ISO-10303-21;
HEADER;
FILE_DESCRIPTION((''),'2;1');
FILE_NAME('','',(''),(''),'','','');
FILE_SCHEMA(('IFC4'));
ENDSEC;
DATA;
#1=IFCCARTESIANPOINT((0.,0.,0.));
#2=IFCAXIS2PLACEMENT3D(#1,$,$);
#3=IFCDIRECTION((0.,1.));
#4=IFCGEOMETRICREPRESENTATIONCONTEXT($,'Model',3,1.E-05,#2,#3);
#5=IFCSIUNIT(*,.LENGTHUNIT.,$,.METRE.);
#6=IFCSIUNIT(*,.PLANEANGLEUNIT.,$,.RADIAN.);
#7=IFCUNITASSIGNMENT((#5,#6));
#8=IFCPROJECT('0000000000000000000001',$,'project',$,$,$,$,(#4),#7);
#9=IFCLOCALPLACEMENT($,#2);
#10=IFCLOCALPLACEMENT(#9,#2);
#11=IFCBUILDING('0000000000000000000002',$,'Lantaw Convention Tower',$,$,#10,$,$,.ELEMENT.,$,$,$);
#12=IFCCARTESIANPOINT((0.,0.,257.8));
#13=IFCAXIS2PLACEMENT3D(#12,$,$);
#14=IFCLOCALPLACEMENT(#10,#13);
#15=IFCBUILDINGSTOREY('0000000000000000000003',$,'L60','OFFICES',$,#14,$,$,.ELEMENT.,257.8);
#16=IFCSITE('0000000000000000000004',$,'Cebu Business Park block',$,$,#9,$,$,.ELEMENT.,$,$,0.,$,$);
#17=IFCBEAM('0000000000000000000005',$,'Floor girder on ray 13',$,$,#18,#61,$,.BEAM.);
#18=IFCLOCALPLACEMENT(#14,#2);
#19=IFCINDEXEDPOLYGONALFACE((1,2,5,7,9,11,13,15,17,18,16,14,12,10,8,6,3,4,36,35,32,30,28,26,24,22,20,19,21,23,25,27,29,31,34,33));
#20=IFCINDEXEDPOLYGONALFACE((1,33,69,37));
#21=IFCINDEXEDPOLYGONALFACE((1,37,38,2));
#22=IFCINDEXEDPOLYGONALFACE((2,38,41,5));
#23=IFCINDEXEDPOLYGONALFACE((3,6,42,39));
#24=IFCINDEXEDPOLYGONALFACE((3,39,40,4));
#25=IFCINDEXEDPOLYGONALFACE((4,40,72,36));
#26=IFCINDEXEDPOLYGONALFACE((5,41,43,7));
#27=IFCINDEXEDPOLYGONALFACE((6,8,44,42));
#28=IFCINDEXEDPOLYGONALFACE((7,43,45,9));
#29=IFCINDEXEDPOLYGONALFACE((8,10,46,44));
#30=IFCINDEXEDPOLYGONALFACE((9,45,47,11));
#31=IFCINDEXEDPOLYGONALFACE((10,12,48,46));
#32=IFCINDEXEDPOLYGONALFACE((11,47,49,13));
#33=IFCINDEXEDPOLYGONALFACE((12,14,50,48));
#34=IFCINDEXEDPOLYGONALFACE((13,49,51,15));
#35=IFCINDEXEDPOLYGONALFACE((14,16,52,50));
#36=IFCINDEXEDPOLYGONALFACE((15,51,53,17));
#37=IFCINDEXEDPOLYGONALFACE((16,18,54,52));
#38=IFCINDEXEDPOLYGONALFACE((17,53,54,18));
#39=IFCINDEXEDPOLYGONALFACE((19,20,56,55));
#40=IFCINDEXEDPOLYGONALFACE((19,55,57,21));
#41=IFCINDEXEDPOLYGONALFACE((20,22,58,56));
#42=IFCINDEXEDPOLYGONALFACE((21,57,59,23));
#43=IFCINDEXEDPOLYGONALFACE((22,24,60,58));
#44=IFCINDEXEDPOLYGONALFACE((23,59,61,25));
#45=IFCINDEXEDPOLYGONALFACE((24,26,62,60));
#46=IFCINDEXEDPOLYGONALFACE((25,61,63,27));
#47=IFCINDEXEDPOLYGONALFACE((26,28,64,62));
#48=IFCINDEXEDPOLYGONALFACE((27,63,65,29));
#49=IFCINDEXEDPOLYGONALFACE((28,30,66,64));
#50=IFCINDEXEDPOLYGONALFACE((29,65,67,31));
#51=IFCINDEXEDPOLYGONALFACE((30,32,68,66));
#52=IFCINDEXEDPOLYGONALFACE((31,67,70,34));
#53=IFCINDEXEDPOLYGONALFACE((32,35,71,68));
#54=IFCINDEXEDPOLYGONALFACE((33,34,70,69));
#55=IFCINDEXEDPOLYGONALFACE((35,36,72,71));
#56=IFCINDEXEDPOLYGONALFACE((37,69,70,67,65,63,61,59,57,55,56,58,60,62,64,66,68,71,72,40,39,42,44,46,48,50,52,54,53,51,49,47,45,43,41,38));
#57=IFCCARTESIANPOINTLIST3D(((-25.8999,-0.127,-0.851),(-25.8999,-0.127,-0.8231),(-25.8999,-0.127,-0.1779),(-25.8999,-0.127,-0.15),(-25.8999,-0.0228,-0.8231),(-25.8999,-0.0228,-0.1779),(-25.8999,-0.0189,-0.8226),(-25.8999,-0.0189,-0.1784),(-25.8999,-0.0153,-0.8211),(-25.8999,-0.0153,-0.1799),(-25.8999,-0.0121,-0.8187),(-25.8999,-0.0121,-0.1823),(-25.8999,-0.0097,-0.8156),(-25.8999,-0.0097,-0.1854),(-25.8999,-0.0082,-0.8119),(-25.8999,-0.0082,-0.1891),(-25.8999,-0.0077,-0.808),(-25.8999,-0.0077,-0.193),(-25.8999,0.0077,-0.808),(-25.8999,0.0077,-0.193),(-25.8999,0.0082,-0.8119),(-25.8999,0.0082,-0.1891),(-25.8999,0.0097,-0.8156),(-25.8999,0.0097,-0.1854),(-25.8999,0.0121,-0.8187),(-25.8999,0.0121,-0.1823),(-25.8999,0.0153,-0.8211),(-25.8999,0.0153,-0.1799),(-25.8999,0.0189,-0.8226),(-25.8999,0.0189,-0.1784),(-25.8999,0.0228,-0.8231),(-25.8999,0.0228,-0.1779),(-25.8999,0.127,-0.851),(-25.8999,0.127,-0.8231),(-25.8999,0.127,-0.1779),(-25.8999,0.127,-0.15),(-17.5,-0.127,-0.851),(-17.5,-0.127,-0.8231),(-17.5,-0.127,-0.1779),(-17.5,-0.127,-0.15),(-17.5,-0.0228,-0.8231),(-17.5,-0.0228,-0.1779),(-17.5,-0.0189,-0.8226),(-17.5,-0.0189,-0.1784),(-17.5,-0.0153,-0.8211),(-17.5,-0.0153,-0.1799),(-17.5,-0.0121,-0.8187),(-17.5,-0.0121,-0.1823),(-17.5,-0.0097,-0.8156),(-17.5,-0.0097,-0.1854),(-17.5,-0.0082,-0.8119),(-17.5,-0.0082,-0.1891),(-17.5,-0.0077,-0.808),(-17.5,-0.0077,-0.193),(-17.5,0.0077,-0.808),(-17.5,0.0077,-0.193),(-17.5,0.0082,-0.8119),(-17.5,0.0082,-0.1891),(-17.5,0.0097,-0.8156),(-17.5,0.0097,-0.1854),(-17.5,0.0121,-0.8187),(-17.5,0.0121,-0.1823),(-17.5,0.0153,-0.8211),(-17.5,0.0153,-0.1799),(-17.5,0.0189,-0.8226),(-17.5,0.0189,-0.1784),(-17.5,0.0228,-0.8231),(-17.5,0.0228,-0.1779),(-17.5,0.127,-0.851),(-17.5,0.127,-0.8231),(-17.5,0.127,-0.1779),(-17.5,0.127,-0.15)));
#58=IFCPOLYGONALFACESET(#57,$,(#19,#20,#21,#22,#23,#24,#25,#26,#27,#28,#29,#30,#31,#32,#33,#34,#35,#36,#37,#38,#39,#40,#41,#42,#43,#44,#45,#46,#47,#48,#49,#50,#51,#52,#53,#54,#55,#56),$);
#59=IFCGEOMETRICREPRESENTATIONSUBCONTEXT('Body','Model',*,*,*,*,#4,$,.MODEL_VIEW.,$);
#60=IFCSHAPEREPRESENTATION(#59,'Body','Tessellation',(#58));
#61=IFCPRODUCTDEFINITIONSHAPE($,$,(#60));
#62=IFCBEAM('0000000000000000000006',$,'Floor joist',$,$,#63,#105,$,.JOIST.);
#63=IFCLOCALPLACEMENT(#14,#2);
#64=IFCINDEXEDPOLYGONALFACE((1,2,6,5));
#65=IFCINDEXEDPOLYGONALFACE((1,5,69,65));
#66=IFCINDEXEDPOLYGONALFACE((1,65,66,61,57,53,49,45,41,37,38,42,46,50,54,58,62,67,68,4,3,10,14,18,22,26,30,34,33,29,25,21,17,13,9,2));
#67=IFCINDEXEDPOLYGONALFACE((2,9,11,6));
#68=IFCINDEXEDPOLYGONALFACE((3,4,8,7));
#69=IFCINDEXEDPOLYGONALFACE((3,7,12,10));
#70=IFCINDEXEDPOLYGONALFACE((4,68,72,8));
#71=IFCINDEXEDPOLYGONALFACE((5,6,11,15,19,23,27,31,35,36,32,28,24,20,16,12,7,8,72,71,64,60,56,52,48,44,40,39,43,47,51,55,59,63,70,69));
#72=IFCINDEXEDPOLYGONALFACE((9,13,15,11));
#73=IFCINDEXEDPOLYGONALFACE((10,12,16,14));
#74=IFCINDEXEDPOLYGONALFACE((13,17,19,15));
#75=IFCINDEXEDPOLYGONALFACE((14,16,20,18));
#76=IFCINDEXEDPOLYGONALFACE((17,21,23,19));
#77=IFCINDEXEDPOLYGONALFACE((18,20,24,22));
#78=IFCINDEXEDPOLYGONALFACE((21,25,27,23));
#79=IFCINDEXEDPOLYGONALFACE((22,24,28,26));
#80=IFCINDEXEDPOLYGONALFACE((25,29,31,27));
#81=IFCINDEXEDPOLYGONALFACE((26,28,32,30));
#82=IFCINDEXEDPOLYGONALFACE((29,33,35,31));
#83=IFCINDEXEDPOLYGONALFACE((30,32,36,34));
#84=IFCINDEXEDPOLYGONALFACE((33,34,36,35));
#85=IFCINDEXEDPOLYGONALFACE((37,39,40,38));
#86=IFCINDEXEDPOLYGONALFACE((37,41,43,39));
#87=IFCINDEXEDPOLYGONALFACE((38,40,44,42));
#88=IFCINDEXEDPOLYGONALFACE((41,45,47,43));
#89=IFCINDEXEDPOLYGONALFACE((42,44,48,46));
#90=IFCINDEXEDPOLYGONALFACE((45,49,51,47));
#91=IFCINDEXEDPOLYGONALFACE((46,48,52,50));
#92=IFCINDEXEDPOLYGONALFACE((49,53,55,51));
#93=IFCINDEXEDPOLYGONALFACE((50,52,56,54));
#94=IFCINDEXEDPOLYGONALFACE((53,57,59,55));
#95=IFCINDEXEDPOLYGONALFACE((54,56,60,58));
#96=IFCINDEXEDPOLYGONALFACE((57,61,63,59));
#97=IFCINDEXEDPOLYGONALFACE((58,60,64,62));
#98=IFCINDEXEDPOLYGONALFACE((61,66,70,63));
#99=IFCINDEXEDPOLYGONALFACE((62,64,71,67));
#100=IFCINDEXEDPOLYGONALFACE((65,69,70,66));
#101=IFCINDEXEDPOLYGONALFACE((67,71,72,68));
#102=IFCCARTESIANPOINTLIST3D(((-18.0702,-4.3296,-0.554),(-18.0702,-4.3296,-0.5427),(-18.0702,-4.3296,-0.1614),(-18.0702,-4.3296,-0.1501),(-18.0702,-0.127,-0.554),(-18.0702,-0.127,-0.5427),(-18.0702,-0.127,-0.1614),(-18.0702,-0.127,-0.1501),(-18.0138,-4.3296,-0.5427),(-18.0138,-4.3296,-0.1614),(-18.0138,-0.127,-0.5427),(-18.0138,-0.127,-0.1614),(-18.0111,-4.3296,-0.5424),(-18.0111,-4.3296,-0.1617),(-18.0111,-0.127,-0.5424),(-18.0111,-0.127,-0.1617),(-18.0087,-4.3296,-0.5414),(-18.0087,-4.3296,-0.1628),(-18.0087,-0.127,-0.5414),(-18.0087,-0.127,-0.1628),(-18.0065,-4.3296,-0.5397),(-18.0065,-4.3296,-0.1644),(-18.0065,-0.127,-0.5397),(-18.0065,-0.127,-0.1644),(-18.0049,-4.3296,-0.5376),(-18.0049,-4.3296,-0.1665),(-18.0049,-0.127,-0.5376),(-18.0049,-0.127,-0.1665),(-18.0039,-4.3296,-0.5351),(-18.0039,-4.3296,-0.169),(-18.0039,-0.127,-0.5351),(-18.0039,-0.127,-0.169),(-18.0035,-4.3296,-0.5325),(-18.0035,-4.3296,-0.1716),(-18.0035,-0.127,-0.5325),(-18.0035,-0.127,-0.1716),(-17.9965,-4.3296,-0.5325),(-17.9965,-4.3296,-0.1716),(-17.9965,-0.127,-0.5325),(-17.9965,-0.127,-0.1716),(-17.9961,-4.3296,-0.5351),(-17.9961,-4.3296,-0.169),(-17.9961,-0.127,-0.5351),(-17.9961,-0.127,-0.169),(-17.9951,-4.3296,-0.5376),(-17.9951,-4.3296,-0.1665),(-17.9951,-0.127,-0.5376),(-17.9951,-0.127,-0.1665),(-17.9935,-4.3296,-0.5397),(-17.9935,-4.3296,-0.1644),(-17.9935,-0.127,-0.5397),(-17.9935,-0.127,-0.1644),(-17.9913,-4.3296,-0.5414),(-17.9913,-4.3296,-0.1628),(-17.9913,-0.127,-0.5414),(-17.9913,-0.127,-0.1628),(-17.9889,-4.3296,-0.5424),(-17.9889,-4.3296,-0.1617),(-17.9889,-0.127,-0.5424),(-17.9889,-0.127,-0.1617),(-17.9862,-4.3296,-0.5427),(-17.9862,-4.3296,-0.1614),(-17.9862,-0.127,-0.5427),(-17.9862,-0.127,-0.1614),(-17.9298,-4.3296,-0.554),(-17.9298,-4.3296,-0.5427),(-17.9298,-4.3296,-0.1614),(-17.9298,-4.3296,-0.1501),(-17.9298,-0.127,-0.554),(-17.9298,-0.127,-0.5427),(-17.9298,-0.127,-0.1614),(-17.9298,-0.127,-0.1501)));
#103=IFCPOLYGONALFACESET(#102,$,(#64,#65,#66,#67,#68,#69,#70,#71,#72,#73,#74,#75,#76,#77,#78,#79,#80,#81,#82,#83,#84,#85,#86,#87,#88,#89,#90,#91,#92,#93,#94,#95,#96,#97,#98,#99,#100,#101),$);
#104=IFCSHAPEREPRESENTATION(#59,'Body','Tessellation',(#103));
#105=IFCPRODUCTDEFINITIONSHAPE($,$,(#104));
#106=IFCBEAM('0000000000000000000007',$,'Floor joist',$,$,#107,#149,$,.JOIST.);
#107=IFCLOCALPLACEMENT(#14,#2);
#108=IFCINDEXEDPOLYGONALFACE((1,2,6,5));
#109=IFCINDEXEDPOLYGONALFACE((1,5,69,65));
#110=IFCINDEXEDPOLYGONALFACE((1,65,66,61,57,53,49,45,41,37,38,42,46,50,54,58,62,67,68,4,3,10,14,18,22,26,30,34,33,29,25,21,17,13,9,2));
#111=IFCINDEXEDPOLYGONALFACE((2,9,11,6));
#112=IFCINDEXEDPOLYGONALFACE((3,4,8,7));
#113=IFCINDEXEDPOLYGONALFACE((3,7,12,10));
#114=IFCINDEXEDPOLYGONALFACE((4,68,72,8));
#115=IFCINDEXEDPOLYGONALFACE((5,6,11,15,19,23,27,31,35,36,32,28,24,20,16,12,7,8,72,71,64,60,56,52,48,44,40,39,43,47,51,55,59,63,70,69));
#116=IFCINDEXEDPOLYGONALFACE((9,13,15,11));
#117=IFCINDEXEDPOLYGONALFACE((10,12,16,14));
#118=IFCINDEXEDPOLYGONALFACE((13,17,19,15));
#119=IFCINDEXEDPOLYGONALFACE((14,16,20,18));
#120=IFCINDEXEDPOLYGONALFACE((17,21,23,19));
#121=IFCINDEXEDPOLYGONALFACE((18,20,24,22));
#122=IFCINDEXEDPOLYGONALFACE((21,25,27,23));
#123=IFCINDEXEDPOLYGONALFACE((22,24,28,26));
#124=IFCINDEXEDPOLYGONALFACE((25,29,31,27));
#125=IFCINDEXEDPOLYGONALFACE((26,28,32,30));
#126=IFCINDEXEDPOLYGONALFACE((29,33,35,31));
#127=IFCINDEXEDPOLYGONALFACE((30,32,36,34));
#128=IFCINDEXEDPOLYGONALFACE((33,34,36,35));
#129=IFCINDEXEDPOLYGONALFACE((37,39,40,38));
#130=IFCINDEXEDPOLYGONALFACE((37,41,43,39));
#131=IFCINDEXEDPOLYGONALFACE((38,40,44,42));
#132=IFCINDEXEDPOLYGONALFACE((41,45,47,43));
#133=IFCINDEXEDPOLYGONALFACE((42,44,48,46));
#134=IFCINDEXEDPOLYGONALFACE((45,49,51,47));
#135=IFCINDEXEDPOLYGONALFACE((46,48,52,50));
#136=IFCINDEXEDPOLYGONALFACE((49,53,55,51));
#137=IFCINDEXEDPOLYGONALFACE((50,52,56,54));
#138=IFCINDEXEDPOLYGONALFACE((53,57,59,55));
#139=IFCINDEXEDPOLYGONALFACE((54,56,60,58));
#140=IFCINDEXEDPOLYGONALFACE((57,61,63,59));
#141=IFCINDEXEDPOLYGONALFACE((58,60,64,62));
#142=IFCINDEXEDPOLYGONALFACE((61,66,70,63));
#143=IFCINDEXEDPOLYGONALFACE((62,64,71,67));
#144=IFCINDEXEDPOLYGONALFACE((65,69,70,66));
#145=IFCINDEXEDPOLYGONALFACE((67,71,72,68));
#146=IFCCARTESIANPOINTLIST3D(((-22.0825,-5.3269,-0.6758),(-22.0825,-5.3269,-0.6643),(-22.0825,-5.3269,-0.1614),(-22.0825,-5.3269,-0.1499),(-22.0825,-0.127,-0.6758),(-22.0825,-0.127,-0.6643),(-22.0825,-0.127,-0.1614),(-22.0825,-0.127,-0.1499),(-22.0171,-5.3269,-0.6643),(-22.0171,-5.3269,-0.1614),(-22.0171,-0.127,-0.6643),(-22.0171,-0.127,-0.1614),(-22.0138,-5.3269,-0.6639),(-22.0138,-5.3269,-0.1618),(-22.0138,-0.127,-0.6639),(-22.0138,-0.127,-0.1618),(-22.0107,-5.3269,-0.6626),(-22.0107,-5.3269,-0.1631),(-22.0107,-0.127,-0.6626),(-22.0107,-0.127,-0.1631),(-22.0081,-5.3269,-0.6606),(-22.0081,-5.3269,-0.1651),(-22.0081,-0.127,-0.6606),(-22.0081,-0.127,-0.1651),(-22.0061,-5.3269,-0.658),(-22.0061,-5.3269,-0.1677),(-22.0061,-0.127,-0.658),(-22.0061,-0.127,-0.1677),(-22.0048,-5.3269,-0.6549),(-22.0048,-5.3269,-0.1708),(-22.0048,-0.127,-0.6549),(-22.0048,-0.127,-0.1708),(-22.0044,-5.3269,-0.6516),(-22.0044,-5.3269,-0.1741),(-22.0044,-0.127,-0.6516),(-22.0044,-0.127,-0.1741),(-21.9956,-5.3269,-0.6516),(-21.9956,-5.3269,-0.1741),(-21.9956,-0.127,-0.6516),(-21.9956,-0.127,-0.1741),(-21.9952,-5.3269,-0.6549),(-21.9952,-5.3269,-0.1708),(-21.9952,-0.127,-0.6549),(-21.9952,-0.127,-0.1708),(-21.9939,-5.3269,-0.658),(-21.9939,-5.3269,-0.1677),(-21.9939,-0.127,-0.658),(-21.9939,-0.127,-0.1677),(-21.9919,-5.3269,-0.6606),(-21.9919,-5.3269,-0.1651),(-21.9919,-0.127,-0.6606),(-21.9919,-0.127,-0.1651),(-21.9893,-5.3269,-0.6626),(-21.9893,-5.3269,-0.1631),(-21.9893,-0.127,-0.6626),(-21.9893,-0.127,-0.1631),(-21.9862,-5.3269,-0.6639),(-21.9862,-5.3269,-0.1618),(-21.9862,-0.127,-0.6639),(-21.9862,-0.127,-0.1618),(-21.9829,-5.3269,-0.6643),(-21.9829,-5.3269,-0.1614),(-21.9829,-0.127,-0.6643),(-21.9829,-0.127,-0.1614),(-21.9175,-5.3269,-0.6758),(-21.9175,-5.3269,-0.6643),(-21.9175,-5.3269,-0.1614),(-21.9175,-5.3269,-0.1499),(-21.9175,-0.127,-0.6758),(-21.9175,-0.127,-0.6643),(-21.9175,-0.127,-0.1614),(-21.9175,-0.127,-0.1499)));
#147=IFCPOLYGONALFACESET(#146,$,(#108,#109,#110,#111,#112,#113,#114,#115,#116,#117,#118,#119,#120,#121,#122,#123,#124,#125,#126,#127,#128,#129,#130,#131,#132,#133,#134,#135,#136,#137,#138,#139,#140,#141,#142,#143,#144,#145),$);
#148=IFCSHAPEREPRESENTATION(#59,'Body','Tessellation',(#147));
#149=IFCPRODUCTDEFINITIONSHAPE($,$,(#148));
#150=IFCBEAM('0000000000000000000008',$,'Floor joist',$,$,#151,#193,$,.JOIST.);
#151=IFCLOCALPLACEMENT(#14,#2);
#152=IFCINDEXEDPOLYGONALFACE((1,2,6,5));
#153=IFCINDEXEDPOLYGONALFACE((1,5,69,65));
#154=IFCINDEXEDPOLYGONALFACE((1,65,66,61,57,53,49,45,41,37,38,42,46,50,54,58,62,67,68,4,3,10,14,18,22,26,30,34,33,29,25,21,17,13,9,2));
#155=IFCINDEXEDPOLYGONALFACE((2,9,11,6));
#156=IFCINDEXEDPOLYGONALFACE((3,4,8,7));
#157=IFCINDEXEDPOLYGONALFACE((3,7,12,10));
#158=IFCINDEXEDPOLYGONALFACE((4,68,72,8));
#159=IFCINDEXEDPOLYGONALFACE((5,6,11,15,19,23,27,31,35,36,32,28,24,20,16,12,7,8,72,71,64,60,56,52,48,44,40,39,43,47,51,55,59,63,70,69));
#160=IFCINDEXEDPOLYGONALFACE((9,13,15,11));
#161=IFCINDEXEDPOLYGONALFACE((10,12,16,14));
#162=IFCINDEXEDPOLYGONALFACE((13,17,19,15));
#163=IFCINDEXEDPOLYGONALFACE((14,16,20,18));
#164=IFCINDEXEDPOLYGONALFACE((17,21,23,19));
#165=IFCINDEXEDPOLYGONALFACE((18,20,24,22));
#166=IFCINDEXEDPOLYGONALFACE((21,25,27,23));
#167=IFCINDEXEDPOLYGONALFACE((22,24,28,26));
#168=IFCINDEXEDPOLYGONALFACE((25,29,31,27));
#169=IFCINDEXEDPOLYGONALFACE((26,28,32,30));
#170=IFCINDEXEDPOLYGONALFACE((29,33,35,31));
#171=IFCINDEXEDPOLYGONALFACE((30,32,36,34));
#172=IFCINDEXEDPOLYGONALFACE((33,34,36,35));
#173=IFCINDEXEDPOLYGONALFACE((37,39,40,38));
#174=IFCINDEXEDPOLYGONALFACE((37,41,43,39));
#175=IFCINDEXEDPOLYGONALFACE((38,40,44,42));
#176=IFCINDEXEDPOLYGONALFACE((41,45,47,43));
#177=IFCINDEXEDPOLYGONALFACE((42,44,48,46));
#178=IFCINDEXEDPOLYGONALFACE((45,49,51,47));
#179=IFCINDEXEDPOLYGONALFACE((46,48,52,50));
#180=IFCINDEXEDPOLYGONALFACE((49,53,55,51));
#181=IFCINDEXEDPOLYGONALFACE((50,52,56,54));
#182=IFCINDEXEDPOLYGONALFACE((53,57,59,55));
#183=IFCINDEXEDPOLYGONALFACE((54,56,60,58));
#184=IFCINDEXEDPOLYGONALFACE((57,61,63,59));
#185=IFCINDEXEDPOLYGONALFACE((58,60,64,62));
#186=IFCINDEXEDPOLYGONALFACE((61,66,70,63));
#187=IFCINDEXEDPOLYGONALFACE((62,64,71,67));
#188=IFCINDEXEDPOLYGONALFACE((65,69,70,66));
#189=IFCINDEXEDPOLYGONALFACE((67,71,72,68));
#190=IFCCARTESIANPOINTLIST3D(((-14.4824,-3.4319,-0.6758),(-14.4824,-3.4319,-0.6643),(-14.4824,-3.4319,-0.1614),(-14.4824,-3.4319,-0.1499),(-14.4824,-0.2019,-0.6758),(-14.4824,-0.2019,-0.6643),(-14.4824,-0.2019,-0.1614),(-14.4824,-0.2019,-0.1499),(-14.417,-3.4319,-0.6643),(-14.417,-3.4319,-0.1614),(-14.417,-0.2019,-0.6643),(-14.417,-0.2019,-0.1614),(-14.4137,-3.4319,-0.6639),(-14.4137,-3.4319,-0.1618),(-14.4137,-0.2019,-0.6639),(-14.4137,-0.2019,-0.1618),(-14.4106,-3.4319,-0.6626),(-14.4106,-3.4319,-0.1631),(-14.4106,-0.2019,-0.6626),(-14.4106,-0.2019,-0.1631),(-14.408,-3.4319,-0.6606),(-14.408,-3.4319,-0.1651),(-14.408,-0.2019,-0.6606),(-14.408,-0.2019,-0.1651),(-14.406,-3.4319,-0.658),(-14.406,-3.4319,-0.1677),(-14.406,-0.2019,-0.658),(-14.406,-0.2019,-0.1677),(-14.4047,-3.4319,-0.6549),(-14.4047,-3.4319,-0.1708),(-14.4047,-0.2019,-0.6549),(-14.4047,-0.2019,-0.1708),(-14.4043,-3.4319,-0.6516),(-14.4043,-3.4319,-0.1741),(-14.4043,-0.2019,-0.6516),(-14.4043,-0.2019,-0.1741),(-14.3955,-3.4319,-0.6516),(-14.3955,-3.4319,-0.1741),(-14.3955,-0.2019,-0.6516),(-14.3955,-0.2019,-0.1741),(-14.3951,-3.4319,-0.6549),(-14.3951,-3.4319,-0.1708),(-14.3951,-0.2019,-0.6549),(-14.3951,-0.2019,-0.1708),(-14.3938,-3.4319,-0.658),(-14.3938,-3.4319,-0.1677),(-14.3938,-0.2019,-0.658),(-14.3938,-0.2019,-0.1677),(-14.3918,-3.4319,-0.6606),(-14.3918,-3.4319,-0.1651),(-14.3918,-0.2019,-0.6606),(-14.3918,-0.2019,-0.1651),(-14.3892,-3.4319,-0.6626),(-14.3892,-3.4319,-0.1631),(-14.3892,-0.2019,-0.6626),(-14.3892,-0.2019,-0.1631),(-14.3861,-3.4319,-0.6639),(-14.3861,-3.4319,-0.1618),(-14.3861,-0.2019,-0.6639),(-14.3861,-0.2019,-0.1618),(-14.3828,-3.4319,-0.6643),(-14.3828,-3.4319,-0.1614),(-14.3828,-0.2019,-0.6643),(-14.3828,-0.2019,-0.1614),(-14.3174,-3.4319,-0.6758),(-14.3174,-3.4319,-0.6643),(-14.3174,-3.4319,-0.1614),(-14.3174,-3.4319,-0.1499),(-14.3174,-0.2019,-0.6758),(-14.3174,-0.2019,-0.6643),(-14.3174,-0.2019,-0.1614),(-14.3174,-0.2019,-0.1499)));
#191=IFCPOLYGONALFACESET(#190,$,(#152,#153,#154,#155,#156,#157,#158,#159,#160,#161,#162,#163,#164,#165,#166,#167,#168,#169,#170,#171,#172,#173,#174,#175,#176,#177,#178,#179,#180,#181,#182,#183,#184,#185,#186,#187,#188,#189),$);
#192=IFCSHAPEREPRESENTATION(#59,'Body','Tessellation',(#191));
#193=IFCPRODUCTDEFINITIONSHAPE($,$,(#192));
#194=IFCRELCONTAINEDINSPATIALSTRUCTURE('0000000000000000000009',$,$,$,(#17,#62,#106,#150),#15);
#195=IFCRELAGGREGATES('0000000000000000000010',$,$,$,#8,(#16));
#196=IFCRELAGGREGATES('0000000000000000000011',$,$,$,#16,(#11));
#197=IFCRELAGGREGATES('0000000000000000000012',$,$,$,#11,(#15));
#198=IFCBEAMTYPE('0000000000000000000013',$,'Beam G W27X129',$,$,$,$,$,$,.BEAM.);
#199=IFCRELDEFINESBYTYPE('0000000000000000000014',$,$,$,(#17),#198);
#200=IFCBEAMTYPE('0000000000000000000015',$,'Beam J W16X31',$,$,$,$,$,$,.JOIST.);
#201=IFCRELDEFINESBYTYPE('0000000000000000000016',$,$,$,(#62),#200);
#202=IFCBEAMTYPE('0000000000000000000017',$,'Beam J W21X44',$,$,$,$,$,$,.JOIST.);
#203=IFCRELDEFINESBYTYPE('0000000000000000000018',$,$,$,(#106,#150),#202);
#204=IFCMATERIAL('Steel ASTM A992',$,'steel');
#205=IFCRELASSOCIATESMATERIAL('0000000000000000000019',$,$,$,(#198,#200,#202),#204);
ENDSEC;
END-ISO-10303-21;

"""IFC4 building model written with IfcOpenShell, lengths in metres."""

from ifc_helpers import new_model, si_unit, direction, frame, origin, origin_2d, place, context, subcontext, project, spatial, i_section, extrude, material, material_profile, profile_set, type_object, element, save


model = new_model("IFC4")

# Units and contexts
model_context = context("Model", 3, precision=1e-05, world=origin(), true_north=direction((0.0, 1.0)))
body_context = subcontext(model_context, "Body", "Model", "MODEL_VIEW")
ifc_project = project(units=[si_unit("LENGTHUNIT", "METRE"), si_unit("PLANEANGLEUNIT", "RADIAN")], contexts=[model_context])

# Site, building, storey
site_placement = place(None, origin())
site = spatial("IfcSite", under=ifc_project, at=site_placement, Name="Cebu Business Park block", CompositionType="ELEMENT", RefElevation=0.0)
building_placement = place(site_placement, origin())
building = spatial("IfcBuilding", under=site, at=building_placement, Name="Lantaw Convention Tower", CompositionType="ELEMENT")
storey_placement = place(building_placement, frame((0.0, 0.0, 257.8)))
storey = spatial("IfcBuildingStorey", under=building, at=storey_placement, Name="L60", Description="OFFICES", CompositionType="ELEMENT", Elevation=257.8)

# Beams
ifc_material_1 = material(Name="Steel ASTM A992", Category="steel")
ifc_material_profile_1 = material_profile(ifc_material_1, i_section(OverallWidth=0.2539, OverallDepth=0.7009, WebThickness=0.0154, FlangeThickness=0.0278, FilletRadius=0.0151, at=origin_2d()), Name="W27X129")
ifc_profile_set_1 = profile_set([ifc_material_profile_1], Name="Steel ASTM A992")
beam_type_1 = type_object("IfcBeamType", Name="Beam G W27X129", PredefinedType="BEAM", material=ifc_profile_set_1)
beam_1_placement = place(storey_placement, frame((-17.5, 0.0, -0.5005), z_axis=(-1.0, 0.0, 0.0), x_axis=(0.0, -1.0, 0.0)))
element("IfcBeam", 1, at=beam_1_placement, inside=storey, type_object=beam_type_1, Name="Floor girder on ray 13", PredefinedType="BEAM", context=body_context, shape_type="SweptSolid", body=[
    extrude(i_section(OverallWidth=0.2539, OverallDepth=0.7009, WebThickness=0.0154, FlangeThickness=0.0278, FilletRadius=0.0151, at=origin_2d()), origin(), (0.0, 0.0, 1.0), 8.3999),
])
ifc_material_profile_2 = material_profile(ifc_material_1, i_section(OverallWidth=0.1404, OverallDepth=0.4038, WebThickness=0.0071, FlangeThickness=0.0112, FilletRadius=0.0103, at=origin_2d()), Name="W16X31")
ifc_profile_set_2 = profile_set([ifc_material_profile_2], Name="Steel ASTM A992")
beam_type_2 = type_object("IfcBeamType", Name="Beam J W16X31", PredefinedType="JOIST", material=ifc_profile_set_2)
beam_2_placement = place(storey_placement, frame((-18.0, -4.3296, -0.3521), z_axis=(0.0, 1.0, 0.0), x_axis=(-1.0, 0.0, 0.0)))
element("IfcBeam", 2, at=beam_2_placement, inside=storey, type_object=beam_type_2, Name="Floor joist", PredefinedType="JOIST", context=body_context, shape_type="SweptSolid", body=[
    extrude(i_section(OverallWidth=0.1404, OverallDepth=0.4038, WebThickness=0.0071, FlangeThickness=0.0112, FilletRadius=0.0103, at=origin_2d()), origin(), (0.0, 0.0, 1.0), 4.2026),
])
ifc_material_profile_3 = material_profile(ifc_material_1, i_section(OverallWidth=0.165, OverallDepth=0.5259, WebThickness=0.0088, FlangeThickness=0.0115, FilletRadius=0.0127, at=origin_2d()), Name="W21X44")
ifc_profile_set_3 = profile_set([ifc_material_profile_3], Name="Steel ASTM A992")
beam_type_3 = type_object("IfcBeamType", Name="Beam J W21X44", PredefinedType="JOIST", material=ifc_profile_set_3)
beam_3_placement = place(storey_placement, frame((-22.0, -5.3269, -0.4128), z_axis=(0.0, 1.0, 0.0), x_axis=(-1.0, 0.0, 0.0)))
element("IfcBeam", 3, at=beam_3_placement, inside=storey, type_object=beam_type_3, Name="Floor joist", PredefinedType="JOIST", context=body_context, shape_type="SweptSolid", body=[
    extrude(i_section(OverallWidth=0.165, OverallDepth=0.5259, WebThickness=0.0088, FlangeThickness=0.0115, FilletRadius=0.0127, at=origin_2d()), origin(), (0.0, 0.0, 1.0), 5.2),
])
beam_4_placement = place(storey_placement, frame((-14.3999, -3.4319, -0.4128), z_axis=(0.0, 1.0, 0.0), x_axis=(-1.0, 0.0, 0.0)))
element("IfcBeam", 4, at=beam_4_placement, inside=storey, type_object=beam_type_3, Name="Floor joist", PredefinedType="JOIST", context=body_context, shape_type="SweptSolid", body=[
    extrude(i_section(OverallWidth=0.165, OverallDepth=0.5259, WebThickness=0.0088, FlangeThickness=0.0115, FilletRadius=0.0127, at=origin_2d()), origin(), (0.0, 0.0, 1.0), 3.23),
])

save(model, "model.ifc")
